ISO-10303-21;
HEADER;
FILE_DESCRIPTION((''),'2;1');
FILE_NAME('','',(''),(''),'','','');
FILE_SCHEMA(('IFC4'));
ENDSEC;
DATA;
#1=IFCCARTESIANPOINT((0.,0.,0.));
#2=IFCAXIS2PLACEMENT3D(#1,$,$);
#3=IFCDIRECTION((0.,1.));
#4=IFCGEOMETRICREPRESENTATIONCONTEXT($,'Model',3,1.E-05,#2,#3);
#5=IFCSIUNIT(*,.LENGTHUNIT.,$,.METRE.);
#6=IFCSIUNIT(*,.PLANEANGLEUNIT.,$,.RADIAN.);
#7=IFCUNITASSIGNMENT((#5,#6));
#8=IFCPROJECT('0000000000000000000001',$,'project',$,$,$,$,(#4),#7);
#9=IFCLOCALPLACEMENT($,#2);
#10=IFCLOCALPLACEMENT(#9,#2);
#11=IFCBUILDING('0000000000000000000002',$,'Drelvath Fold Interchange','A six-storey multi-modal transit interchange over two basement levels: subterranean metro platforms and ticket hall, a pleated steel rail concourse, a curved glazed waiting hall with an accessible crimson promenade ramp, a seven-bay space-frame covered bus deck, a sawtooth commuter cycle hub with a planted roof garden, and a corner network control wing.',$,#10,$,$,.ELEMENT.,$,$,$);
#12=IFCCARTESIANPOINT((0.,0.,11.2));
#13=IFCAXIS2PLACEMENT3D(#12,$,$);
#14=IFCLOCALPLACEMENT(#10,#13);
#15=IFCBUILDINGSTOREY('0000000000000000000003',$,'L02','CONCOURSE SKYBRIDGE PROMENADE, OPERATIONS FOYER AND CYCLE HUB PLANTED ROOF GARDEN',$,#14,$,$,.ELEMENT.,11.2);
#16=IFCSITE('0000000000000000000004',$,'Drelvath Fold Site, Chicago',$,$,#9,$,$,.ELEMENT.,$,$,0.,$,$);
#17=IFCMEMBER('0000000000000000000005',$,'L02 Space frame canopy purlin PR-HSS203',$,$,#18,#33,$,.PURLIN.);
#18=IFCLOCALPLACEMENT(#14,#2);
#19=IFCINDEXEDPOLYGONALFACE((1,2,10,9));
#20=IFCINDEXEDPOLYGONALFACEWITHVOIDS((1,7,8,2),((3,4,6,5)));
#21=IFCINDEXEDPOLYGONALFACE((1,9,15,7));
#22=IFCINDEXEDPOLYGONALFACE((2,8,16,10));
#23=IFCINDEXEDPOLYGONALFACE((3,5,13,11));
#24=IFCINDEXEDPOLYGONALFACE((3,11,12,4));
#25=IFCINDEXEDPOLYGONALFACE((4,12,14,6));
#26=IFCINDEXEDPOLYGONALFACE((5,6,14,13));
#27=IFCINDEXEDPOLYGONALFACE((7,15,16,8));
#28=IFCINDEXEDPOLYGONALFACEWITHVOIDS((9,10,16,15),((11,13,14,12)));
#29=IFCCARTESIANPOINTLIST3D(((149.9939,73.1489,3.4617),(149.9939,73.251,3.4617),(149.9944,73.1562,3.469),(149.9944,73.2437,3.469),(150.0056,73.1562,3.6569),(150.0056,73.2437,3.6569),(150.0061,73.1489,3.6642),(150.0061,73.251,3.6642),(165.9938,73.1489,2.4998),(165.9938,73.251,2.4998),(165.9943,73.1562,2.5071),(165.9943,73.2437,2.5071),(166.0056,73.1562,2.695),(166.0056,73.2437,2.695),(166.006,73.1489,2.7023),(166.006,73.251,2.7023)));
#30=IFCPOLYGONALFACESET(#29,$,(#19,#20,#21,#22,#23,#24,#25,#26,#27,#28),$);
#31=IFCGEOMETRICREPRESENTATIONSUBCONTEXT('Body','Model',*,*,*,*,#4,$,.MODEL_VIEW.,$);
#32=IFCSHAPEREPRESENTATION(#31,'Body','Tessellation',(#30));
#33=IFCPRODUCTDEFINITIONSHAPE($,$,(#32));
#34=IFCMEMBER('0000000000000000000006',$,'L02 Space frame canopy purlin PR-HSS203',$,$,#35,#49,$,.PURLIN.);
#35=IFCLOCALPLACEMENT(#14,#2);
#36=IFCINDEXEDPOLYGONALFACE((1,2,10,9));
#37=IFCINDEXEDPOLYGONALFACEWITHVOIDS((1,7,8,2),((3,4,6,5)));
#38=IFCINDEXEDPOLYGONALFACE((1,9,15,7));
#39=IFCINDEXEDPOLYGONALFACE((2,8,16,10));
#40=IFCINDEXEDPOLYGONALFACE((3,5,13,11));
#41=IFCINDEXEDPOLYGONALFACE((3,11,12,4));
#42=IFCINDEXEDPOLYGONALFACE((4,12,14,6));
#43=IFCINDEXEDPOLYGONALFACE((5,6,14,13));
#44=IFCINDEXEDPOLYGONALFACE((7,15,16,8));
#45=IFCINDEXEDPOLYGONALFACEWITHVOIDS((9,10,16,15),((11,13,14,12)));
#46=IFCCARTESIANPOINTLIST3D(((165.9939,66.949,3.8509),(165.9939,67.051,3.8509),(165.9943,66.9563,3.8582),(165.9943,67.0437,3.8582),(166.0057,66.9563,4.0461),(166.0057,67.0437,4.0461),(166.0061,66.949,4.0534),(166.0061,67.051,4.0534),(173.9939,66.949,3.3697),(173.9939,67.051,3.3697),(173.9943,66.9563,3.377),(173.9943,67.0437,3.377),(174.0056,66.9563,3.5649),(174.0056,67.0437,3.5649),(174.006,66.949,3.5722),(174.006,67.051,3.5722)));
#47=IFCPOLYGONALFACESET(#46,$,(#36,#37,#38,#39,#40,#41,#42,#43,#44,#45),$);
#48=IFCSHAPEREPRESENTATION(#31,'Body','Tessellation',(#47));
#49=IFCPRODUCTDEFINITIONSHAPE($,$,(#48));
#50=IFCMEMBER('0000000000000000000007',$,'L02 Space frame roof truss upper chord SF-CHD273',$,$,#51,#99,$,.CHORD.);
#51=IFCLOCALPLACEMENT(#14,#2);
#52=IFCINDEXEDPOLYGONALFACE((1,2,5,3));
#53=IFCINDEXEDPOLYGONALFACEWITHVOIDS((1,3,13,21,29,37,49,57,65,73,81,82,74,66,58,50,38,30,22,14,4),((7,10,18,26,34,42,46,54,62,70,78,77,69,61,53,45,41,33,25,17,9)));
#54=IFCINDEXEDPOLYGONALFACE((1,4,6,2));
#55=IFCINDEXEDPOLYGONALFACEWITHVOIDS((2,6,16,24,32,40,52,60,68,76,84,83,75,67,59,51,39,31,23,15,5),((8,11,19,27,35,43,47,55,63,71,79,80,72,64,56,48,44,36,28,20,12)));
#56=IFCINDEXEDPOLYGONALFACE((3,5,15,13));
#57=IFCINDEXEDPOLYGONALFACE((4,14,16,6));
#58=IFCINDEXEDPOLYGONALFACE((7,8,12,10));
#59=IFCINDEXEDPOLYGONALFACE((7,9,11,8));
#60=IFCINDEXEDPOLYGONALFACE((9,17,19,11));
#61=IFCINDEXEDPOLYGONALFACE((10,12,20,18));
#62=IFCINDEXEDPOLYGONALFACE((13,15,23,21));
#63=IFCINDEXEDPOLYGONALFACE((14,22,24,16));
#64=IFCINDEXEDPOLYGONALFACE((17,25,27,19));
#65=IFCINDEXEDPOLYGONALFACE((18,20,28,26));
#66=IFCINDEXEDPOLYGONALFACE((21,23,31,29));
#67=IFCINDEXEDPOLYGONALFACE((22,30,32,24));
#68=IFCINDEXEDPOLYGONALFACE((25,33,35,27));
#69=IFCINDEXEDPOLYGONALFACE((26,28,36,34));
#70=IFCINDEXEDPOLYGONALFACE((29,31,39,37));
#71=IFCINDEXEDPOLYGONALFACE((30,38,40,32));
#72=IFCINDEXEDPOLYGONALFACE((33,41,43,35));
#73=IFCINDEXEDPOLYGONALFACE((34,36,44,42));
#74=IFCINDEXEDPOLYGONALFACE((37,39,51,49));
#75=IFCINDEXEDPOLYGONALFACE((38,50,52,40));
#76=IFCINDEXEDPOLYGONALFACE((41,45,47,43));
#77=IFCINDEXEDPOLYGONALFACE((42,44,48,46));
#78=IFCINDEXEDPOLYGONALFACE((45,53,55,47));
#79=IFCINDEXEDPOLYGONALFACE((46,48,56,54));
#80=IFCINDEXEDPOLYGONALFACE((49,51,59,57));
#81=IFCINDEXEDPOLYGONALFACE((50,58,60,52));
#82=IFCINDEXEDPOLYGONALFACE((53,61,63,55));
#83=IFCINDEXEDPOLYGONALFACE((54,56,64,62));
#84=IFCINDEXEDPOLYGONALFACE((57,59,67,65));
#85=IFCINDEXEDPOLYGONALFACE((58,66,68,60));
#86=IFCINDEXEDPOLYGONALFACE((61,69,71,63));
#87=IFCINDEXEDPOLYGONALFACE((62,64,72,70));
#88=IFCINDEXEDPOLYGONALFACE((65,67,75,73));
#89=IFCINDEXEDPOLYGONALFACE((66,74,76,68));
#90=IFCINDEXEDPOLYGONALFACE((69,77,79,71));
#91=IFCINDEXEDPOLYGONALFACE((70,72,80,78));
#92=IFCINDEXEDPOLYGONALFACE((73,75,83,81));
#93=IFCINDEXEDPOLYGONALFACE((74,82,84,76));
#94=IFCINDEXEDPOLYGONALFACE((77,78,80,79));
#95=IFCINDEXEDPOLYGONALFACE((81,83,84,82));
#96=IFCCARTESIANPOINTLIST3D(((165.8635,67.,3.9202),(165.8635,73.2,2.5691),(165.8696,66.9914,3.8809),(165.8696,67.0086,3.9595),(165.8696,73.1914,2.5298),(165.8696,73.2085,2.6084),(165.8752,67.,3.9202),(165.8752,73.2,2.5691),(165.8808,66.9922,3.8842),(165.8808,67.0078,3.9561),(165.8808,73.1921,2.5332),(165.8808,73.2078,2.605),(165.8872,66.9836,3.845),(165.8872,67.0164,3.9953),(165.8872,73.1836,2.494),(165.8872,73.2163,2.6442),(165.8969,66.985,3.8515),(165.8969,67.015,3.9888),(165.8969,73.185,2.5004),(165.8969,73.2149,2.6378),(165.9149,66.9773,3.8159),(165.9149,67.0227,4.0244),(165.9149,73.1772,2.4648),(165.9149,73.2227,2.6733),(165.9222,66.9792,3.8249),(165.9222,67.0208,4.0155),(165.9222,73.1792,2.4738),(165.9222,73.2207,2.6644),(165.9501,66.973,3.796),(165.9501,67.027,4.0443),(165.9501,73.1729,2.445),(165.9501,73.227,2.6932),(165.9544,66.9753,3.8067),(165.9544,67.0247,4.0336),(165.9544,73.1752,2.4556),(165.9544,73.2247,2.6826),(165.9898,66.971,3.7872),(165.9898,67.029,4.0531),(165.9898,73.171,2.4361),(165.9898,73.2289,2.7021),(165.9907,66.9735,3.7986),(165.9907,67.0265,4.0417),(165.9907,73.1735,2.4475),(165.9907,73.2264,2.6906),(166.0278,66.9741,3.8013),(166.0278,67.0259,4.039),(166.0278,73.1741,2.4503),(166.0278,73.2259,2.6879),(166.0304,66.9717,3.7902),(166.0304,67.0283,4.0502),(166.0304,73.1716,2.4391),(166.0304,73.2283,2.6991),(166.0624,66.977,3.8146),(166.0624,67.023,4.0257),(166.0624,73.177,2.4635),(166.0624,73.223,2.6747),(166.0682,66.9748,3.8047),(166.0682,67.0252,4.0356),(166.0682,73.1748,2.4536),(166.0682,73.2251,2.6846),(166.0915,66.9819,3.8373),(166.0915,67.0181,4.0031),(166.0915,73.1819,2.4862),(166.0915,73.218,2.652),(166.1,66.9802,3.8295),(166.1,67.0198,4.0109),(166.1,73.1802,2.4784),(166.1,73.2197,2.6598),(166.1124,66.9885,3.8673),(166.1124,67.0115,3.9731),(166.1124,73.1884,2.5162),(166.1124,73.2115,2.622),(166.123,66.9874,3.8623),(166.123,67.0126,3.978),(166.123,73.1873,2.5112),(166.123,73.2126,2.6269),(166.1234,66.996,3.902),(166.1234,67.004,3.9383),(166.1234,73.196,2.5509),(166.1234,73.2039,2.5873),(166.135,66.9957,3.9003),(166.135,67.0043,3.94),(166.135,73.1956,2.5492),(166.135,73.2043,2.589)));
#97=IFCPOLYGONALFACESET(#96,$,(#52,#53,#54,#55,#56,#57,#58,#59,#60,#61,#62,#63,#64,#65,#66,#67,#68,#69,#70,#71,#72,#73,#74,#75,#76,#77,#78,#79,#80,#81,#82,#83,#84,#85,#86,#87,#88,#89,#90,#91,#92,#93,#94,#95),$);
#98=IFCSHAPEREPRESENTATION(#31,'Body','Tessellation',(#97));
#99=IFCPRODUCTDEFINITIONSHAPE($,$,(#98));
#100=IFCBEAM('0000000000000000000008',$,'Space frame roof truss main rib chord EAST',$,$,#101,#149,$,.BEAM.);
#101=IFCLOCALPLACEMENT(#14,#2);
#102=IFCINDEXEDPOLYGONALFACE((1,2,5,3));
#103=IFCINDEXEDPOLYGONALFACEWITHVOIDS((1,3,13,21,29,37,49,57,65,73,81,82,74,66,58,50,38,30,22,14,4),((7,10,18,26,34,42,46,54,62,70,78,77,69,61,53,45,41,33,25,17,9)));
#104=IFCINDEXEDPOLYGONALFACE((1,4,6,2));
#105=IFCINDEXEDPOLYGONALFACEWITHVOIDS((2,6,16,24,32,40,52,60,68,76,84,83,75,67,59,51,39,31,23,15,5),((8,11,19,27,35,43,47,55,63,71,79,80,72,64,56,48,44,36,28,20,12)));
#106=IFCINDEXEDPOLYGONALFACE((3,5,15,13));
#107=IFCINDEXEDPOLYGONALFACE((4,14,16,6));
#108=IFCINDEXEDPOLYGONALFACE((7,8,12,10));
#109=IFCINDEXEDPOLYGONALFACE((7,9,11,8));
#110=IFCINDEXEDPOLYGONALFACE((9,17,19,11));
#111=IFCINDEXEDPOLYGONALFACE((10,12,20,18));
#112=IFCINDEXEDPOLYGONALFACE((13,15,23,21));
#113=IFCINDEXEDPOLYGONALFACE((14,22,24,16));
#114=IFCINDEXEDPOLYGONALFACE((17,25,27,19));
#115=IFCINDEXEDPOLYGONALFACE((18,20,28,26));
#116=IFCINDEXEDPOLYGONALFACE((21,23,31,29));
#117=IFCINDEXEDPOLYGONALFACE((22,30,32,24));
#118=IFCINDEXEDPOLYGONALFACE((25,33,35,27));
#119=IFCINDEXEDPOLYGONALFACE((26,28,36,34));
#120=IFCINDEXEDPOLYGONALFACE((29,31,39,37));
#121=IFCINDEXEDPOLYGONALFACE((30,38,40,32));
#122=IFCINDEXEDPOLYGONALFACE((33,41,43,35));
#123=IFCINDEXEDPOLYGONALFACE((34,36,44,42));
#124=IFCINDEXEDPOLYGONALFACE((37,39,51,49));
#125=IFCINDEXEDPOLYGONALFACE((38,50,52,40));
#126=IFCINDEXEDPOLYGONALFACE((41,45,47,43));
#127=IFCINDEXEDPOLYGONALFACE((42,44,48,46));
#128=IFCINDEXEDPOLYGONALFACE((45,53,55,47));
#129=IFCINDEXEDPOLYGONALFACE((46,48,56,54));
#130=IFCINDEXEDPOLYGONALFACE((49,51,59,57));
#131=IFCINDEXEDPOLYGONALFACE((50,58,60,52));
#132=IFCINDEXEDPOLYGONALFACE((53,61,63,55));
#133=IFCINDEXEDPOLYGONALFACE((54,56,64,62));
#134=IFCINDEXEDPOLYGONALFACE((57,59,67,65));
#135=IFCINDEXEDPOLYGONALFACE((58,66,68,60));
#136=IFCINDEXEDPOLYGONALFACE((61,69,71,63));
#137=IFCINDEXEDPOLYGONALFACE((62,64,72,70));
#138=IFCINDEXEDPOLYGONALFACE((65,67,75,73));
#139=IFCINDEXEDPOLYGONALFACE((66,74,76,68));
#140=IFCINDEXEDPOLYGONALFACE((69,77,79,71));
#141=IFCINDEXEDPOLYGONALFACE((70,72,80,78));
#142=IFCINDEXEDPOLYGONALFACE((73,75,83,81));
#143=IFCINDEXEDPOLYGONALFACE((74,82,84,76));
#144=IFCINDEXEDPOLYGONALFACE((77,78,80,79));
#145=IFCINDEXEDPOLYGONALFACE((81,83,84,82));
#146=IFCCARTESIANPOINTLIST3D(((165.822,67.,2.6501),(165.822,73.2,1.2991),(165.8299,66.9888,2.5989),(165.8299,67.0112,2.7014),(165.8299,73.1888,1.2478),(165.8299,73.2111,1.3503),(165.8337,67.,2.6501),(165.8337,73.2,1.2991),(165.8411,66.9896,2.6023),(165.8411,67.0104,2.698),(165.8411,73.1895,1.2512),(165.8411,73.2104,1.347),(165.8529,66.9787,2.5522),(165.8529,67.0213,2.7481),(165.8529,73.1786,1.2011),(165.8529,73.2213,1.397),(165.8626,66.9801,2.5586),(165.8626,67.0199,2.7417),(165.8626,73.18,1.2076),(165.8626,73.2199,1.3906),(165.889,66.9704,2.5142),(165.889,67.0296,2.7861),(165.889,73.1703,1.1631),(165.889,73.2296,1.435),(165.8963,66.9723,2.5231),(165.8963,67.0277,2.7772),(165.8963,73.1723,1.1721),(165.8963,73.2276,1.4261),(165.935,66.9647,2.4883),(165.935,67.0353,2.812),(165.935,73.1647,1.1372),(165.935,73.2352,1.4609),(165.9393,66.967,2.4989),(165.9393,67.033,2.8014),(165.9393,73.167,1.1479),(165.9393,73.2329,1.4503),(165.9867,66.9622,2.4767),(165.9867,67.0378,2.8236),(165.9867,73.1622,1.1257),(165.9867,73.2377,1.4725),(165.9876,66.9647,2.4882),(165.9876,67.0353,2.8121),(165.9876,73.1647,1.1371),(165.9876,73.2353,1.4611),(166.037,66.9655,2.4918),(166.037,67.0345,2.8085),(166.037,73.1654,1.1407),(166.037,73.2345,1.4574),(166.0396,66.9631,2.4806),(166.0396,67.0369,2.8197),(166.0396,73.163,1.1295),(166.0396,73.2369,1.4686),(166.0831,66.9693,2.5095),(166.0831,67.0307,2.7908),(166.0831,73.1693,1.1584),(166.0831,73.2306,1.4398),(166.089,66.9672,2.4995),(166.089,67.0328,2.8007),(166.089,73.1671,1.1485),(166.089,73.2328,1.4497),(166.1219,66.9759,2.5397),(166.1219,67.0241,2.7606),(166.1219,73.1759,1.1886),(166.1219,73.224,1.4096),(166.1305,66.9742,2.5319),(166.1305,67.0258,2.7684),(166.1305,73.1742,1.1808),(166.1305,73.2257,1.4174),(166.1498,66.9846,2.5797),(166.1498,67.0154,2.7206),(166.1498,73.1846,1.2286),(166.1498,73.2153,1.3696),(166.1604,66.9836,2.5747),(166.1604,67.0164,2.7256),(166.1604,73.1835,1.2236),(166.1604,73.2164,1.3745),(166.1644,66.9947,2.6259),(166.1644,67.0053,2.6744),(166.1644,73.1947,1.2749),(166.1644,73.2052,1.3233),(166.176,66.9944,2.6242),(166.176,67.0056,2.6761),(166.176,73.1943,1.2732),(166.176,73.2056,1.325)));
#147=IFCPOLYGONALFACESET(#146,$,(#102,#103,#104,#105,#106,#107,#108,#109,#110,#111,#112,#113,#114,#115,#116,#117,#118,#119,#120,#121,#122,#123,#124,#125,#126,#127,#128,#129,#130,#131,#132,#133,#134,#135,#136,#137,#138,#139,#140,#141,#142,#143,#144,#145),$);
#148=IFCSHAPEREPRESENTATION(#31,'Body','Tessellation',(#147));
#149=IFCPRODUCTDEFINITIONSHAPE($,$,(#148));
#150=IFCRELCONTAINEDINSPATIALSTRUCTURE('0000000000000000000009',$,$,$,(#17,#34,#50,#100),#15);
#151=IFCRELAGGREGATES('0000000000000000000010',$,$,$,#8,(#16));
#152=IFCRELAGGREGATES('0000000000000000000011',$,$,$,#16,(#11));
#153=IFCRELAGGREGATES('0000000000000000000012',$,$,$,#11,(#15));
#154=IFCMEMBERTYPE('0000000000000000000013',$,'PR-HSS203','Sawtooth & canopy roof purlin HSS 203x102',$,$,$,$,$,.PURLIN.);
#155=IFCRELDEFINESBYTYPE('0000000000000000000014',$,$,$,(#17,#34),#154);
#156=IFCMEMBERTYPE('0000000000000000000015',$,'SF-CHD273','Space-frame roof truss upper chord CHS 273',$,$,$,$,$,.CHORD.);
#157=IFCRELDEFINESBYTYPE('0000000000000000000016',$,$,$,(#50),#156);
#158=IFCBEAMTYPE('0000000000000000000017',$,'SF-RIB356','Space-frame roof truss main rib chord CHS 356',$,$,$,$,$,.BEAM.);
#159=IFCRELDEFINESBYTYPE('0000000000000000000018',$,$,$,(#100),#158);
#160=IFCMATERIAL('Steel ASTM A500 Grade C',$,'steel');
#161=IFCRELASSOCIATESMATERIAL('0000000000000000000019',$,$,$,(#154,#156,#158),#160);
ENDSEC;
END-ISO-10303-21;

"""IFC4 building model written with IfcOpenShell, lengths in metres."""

from ifc_helpers import new_model, si_unit, direction, frame, origin, origin_2d, place, context, subcontext, project, spatial, hollow_rectangle, hollow_circle, extrude, material, material_profile, profile_set, type_object, element, save


model = new_model("IFC4")

# Units and contexts
model_context = context("Model", 3, precision=1e-05, world=origin(), true_north=direction((0.0, 1.0)))
body_context = subcontext(model_context, "Body", "Model", "MODEL_VIEW")
ifc_project = project(units=[si_unit("LENGTHUNIT", "METRE"), si_unit("PLANEANGLEUNIT", "RADIAN")], contexts=[model_context])

# Site, building, storey
site_placement = place(None, origin())
site = spatial("IfcSite", under=ifc_project, at=site_placement, Name="Drelvath Fold Site, Chicago", CompositionType="ELEMENT", RefElevation=0.0)
building_placement = place(site_placement, origin())
building = spatial("IfcBuilding", under=site, at=building_placement, Name="Drelvath Fold Interchange", Description="A six-storey multi-modal transit interchange over two basement levels: subterranean metro platforms and ticket hall, a pleated steel rail concourse, a curved glazed waiting hall with an accessible crimson promenade ramp, a seven-bay space-frame covered bus deck, a sawtooth commuter cycle hub with a planted roof garden, and a corner network control wing.", CompositionType="ELEMENT")
storey_placement = place(building_placement, frame((0.0, 0.0, 11.2)))
storey = spatial("IfcBuildingStorey", under=building, at=storey_placement, Name="L02", Description="CONCOURSE SKYBRIDGE PROMENADE, OPERATIONS FOYER AND CYCLE HUB PLANTED ROOF GARDEN", CompositionType="ELEMENT", Elevation=11.2)

# Members
ifc_material_1 = material(Name="Steel ASTM A500 Grade C", Category="steel")
ifc_material_profile_1 = material_profile(ifc_material_1, hollow_rectangle(XDim=0.1021, YDim=0.2029, WallThickness=0.0073, at=origin_2d()), Name="HSS8X4X5/16")
ifc_profile_set_1 = profile_set([ifc_material_profile_1], Name="Steel ASTM A500 Grade C")
member_type_1 = type_object("IfcMemberType", Name="PR-HSS203", Description="Sawtooth & canopy roof purlin HSS 203x102", PredefinedType="PURLIN", material=ifc_profile_set_1)
member_1_placement = place(storey_placement, frame((150.0, 73.2, 3.563), z_axis=(0.998198, 0.0, -0.060011), x_axis=(0.0, 1.0, 0.0)))
element("IfcMember", 1, at=member_1_placement, inside=storey, type_object=member_type_1, Name="L02 Space frame canopy purlin PR-HSS203", PredefinedType="PURLIN", context=body_context, shape_type="SweptSolid", body=[
    extrude(hollow_rectangle(XDim=0.1021, YDim=0.2029, WallThickness=0.0073, at=origin_2d()), origin(), (0.0, 0.0, 1.0), 16.0288),
])
member_2_placement = place(storey_placement, frame((166.0, 67.0, 3.9521), z_axis=(0.998196, 0.0, -0.060042), x_axis=(0.0, 1.0, 0.0)))
element("IfcMember", 2, at=member_2_placement, inside=storey, type_object=member_type_1, Name="L02 Space frame canopy purlin PR-HSS203", PredefinedType="PURLIN", context=body_context, shape_type="SweptSolid", body=[
    extrude(hollow_rectangle(XDim=0.1021, YDim=0.2029, WallThickness=0.0073, at=origin_2d()), origin(), (0.0, 0.0, 1.0), 8.0144),
])
ifc_material_profile_2 = material_profile(ifc_material_1, hollow_circle(Radius=0.1365, WallThickness=0.0117, at=origin_2d()), Name="HSS10.750X0.500")
ifc_profile_set_2 = profile_set([ifc_material_profile_2], Name="Steel ASTM A500 Grade C")
member_type_2 = type_object("IfcMemberType", Name="SF-CHD273", Description="Space-frame roof truss upper chord CHS 273", PredefinedType="CHORD", material=ifc_profile_set_2)
member_3_placement = place(storey_placement, frame((166.0, 67.0, 3.9202), z_axis=(0.0, 0.97707, -0.21292), x_axis=(-1.0, 0.0, 0.0)))
element("IfcMember", 3, at=member_3_placement, inside=storey, type_object=member_type_2, Name="L02 Space frame roof truss upper chord SF-CHD273", PredefinedType="CHORD", context=body_context, shape_type="SweptSolid", body=[
    extrude(hollow_circle(Radius=0.1365, WallThickness=0.0117, at=origin_2d()), origin(), (0.0, 0.0, 1.0), 6.3455),
])

# Beam
ifc_material_profile_3 = material_profile(ifc_material_1, hollow_circle(Radius=0.178, WallThickness=0.0117, at=origin_2d()), Name="HSS14.000X0.500")
ifc_profile_set_3 = profile_set([ifc_material_profile_3], Name="Steel ASTM A500 Grade C")
beam_type_1 = type_object("IfcBeamType", Name="SF-RIB356", Description="Space-frame roof truss main rib chord CHS 356", PredefinedType="BEAM", material=ifc_profile_set_3)
beam_1_placement = place(storey_placement, frame((166.0, 67.0, 2.6501), z_axis=(0.0, 0.97707, -0.21292), x_axis=(-1.0, 0.0, 0.0)))
element("IfcBeam", 4, at=beam_1_placement, inside=storey, type_object=beam_type_1, Name="Space frame roof truss main rib chord EAST", PredefinedType="BEAM", context=body_context, shape_type="SweptSolid", body=[
    extrude(hollow_circle(Radius=0.178, WallThickness=0.0117, at=origin_2d()), origin(), (0.0, 0.0, 1.0), 6.3455),
])

save(model, "model.ifc")
